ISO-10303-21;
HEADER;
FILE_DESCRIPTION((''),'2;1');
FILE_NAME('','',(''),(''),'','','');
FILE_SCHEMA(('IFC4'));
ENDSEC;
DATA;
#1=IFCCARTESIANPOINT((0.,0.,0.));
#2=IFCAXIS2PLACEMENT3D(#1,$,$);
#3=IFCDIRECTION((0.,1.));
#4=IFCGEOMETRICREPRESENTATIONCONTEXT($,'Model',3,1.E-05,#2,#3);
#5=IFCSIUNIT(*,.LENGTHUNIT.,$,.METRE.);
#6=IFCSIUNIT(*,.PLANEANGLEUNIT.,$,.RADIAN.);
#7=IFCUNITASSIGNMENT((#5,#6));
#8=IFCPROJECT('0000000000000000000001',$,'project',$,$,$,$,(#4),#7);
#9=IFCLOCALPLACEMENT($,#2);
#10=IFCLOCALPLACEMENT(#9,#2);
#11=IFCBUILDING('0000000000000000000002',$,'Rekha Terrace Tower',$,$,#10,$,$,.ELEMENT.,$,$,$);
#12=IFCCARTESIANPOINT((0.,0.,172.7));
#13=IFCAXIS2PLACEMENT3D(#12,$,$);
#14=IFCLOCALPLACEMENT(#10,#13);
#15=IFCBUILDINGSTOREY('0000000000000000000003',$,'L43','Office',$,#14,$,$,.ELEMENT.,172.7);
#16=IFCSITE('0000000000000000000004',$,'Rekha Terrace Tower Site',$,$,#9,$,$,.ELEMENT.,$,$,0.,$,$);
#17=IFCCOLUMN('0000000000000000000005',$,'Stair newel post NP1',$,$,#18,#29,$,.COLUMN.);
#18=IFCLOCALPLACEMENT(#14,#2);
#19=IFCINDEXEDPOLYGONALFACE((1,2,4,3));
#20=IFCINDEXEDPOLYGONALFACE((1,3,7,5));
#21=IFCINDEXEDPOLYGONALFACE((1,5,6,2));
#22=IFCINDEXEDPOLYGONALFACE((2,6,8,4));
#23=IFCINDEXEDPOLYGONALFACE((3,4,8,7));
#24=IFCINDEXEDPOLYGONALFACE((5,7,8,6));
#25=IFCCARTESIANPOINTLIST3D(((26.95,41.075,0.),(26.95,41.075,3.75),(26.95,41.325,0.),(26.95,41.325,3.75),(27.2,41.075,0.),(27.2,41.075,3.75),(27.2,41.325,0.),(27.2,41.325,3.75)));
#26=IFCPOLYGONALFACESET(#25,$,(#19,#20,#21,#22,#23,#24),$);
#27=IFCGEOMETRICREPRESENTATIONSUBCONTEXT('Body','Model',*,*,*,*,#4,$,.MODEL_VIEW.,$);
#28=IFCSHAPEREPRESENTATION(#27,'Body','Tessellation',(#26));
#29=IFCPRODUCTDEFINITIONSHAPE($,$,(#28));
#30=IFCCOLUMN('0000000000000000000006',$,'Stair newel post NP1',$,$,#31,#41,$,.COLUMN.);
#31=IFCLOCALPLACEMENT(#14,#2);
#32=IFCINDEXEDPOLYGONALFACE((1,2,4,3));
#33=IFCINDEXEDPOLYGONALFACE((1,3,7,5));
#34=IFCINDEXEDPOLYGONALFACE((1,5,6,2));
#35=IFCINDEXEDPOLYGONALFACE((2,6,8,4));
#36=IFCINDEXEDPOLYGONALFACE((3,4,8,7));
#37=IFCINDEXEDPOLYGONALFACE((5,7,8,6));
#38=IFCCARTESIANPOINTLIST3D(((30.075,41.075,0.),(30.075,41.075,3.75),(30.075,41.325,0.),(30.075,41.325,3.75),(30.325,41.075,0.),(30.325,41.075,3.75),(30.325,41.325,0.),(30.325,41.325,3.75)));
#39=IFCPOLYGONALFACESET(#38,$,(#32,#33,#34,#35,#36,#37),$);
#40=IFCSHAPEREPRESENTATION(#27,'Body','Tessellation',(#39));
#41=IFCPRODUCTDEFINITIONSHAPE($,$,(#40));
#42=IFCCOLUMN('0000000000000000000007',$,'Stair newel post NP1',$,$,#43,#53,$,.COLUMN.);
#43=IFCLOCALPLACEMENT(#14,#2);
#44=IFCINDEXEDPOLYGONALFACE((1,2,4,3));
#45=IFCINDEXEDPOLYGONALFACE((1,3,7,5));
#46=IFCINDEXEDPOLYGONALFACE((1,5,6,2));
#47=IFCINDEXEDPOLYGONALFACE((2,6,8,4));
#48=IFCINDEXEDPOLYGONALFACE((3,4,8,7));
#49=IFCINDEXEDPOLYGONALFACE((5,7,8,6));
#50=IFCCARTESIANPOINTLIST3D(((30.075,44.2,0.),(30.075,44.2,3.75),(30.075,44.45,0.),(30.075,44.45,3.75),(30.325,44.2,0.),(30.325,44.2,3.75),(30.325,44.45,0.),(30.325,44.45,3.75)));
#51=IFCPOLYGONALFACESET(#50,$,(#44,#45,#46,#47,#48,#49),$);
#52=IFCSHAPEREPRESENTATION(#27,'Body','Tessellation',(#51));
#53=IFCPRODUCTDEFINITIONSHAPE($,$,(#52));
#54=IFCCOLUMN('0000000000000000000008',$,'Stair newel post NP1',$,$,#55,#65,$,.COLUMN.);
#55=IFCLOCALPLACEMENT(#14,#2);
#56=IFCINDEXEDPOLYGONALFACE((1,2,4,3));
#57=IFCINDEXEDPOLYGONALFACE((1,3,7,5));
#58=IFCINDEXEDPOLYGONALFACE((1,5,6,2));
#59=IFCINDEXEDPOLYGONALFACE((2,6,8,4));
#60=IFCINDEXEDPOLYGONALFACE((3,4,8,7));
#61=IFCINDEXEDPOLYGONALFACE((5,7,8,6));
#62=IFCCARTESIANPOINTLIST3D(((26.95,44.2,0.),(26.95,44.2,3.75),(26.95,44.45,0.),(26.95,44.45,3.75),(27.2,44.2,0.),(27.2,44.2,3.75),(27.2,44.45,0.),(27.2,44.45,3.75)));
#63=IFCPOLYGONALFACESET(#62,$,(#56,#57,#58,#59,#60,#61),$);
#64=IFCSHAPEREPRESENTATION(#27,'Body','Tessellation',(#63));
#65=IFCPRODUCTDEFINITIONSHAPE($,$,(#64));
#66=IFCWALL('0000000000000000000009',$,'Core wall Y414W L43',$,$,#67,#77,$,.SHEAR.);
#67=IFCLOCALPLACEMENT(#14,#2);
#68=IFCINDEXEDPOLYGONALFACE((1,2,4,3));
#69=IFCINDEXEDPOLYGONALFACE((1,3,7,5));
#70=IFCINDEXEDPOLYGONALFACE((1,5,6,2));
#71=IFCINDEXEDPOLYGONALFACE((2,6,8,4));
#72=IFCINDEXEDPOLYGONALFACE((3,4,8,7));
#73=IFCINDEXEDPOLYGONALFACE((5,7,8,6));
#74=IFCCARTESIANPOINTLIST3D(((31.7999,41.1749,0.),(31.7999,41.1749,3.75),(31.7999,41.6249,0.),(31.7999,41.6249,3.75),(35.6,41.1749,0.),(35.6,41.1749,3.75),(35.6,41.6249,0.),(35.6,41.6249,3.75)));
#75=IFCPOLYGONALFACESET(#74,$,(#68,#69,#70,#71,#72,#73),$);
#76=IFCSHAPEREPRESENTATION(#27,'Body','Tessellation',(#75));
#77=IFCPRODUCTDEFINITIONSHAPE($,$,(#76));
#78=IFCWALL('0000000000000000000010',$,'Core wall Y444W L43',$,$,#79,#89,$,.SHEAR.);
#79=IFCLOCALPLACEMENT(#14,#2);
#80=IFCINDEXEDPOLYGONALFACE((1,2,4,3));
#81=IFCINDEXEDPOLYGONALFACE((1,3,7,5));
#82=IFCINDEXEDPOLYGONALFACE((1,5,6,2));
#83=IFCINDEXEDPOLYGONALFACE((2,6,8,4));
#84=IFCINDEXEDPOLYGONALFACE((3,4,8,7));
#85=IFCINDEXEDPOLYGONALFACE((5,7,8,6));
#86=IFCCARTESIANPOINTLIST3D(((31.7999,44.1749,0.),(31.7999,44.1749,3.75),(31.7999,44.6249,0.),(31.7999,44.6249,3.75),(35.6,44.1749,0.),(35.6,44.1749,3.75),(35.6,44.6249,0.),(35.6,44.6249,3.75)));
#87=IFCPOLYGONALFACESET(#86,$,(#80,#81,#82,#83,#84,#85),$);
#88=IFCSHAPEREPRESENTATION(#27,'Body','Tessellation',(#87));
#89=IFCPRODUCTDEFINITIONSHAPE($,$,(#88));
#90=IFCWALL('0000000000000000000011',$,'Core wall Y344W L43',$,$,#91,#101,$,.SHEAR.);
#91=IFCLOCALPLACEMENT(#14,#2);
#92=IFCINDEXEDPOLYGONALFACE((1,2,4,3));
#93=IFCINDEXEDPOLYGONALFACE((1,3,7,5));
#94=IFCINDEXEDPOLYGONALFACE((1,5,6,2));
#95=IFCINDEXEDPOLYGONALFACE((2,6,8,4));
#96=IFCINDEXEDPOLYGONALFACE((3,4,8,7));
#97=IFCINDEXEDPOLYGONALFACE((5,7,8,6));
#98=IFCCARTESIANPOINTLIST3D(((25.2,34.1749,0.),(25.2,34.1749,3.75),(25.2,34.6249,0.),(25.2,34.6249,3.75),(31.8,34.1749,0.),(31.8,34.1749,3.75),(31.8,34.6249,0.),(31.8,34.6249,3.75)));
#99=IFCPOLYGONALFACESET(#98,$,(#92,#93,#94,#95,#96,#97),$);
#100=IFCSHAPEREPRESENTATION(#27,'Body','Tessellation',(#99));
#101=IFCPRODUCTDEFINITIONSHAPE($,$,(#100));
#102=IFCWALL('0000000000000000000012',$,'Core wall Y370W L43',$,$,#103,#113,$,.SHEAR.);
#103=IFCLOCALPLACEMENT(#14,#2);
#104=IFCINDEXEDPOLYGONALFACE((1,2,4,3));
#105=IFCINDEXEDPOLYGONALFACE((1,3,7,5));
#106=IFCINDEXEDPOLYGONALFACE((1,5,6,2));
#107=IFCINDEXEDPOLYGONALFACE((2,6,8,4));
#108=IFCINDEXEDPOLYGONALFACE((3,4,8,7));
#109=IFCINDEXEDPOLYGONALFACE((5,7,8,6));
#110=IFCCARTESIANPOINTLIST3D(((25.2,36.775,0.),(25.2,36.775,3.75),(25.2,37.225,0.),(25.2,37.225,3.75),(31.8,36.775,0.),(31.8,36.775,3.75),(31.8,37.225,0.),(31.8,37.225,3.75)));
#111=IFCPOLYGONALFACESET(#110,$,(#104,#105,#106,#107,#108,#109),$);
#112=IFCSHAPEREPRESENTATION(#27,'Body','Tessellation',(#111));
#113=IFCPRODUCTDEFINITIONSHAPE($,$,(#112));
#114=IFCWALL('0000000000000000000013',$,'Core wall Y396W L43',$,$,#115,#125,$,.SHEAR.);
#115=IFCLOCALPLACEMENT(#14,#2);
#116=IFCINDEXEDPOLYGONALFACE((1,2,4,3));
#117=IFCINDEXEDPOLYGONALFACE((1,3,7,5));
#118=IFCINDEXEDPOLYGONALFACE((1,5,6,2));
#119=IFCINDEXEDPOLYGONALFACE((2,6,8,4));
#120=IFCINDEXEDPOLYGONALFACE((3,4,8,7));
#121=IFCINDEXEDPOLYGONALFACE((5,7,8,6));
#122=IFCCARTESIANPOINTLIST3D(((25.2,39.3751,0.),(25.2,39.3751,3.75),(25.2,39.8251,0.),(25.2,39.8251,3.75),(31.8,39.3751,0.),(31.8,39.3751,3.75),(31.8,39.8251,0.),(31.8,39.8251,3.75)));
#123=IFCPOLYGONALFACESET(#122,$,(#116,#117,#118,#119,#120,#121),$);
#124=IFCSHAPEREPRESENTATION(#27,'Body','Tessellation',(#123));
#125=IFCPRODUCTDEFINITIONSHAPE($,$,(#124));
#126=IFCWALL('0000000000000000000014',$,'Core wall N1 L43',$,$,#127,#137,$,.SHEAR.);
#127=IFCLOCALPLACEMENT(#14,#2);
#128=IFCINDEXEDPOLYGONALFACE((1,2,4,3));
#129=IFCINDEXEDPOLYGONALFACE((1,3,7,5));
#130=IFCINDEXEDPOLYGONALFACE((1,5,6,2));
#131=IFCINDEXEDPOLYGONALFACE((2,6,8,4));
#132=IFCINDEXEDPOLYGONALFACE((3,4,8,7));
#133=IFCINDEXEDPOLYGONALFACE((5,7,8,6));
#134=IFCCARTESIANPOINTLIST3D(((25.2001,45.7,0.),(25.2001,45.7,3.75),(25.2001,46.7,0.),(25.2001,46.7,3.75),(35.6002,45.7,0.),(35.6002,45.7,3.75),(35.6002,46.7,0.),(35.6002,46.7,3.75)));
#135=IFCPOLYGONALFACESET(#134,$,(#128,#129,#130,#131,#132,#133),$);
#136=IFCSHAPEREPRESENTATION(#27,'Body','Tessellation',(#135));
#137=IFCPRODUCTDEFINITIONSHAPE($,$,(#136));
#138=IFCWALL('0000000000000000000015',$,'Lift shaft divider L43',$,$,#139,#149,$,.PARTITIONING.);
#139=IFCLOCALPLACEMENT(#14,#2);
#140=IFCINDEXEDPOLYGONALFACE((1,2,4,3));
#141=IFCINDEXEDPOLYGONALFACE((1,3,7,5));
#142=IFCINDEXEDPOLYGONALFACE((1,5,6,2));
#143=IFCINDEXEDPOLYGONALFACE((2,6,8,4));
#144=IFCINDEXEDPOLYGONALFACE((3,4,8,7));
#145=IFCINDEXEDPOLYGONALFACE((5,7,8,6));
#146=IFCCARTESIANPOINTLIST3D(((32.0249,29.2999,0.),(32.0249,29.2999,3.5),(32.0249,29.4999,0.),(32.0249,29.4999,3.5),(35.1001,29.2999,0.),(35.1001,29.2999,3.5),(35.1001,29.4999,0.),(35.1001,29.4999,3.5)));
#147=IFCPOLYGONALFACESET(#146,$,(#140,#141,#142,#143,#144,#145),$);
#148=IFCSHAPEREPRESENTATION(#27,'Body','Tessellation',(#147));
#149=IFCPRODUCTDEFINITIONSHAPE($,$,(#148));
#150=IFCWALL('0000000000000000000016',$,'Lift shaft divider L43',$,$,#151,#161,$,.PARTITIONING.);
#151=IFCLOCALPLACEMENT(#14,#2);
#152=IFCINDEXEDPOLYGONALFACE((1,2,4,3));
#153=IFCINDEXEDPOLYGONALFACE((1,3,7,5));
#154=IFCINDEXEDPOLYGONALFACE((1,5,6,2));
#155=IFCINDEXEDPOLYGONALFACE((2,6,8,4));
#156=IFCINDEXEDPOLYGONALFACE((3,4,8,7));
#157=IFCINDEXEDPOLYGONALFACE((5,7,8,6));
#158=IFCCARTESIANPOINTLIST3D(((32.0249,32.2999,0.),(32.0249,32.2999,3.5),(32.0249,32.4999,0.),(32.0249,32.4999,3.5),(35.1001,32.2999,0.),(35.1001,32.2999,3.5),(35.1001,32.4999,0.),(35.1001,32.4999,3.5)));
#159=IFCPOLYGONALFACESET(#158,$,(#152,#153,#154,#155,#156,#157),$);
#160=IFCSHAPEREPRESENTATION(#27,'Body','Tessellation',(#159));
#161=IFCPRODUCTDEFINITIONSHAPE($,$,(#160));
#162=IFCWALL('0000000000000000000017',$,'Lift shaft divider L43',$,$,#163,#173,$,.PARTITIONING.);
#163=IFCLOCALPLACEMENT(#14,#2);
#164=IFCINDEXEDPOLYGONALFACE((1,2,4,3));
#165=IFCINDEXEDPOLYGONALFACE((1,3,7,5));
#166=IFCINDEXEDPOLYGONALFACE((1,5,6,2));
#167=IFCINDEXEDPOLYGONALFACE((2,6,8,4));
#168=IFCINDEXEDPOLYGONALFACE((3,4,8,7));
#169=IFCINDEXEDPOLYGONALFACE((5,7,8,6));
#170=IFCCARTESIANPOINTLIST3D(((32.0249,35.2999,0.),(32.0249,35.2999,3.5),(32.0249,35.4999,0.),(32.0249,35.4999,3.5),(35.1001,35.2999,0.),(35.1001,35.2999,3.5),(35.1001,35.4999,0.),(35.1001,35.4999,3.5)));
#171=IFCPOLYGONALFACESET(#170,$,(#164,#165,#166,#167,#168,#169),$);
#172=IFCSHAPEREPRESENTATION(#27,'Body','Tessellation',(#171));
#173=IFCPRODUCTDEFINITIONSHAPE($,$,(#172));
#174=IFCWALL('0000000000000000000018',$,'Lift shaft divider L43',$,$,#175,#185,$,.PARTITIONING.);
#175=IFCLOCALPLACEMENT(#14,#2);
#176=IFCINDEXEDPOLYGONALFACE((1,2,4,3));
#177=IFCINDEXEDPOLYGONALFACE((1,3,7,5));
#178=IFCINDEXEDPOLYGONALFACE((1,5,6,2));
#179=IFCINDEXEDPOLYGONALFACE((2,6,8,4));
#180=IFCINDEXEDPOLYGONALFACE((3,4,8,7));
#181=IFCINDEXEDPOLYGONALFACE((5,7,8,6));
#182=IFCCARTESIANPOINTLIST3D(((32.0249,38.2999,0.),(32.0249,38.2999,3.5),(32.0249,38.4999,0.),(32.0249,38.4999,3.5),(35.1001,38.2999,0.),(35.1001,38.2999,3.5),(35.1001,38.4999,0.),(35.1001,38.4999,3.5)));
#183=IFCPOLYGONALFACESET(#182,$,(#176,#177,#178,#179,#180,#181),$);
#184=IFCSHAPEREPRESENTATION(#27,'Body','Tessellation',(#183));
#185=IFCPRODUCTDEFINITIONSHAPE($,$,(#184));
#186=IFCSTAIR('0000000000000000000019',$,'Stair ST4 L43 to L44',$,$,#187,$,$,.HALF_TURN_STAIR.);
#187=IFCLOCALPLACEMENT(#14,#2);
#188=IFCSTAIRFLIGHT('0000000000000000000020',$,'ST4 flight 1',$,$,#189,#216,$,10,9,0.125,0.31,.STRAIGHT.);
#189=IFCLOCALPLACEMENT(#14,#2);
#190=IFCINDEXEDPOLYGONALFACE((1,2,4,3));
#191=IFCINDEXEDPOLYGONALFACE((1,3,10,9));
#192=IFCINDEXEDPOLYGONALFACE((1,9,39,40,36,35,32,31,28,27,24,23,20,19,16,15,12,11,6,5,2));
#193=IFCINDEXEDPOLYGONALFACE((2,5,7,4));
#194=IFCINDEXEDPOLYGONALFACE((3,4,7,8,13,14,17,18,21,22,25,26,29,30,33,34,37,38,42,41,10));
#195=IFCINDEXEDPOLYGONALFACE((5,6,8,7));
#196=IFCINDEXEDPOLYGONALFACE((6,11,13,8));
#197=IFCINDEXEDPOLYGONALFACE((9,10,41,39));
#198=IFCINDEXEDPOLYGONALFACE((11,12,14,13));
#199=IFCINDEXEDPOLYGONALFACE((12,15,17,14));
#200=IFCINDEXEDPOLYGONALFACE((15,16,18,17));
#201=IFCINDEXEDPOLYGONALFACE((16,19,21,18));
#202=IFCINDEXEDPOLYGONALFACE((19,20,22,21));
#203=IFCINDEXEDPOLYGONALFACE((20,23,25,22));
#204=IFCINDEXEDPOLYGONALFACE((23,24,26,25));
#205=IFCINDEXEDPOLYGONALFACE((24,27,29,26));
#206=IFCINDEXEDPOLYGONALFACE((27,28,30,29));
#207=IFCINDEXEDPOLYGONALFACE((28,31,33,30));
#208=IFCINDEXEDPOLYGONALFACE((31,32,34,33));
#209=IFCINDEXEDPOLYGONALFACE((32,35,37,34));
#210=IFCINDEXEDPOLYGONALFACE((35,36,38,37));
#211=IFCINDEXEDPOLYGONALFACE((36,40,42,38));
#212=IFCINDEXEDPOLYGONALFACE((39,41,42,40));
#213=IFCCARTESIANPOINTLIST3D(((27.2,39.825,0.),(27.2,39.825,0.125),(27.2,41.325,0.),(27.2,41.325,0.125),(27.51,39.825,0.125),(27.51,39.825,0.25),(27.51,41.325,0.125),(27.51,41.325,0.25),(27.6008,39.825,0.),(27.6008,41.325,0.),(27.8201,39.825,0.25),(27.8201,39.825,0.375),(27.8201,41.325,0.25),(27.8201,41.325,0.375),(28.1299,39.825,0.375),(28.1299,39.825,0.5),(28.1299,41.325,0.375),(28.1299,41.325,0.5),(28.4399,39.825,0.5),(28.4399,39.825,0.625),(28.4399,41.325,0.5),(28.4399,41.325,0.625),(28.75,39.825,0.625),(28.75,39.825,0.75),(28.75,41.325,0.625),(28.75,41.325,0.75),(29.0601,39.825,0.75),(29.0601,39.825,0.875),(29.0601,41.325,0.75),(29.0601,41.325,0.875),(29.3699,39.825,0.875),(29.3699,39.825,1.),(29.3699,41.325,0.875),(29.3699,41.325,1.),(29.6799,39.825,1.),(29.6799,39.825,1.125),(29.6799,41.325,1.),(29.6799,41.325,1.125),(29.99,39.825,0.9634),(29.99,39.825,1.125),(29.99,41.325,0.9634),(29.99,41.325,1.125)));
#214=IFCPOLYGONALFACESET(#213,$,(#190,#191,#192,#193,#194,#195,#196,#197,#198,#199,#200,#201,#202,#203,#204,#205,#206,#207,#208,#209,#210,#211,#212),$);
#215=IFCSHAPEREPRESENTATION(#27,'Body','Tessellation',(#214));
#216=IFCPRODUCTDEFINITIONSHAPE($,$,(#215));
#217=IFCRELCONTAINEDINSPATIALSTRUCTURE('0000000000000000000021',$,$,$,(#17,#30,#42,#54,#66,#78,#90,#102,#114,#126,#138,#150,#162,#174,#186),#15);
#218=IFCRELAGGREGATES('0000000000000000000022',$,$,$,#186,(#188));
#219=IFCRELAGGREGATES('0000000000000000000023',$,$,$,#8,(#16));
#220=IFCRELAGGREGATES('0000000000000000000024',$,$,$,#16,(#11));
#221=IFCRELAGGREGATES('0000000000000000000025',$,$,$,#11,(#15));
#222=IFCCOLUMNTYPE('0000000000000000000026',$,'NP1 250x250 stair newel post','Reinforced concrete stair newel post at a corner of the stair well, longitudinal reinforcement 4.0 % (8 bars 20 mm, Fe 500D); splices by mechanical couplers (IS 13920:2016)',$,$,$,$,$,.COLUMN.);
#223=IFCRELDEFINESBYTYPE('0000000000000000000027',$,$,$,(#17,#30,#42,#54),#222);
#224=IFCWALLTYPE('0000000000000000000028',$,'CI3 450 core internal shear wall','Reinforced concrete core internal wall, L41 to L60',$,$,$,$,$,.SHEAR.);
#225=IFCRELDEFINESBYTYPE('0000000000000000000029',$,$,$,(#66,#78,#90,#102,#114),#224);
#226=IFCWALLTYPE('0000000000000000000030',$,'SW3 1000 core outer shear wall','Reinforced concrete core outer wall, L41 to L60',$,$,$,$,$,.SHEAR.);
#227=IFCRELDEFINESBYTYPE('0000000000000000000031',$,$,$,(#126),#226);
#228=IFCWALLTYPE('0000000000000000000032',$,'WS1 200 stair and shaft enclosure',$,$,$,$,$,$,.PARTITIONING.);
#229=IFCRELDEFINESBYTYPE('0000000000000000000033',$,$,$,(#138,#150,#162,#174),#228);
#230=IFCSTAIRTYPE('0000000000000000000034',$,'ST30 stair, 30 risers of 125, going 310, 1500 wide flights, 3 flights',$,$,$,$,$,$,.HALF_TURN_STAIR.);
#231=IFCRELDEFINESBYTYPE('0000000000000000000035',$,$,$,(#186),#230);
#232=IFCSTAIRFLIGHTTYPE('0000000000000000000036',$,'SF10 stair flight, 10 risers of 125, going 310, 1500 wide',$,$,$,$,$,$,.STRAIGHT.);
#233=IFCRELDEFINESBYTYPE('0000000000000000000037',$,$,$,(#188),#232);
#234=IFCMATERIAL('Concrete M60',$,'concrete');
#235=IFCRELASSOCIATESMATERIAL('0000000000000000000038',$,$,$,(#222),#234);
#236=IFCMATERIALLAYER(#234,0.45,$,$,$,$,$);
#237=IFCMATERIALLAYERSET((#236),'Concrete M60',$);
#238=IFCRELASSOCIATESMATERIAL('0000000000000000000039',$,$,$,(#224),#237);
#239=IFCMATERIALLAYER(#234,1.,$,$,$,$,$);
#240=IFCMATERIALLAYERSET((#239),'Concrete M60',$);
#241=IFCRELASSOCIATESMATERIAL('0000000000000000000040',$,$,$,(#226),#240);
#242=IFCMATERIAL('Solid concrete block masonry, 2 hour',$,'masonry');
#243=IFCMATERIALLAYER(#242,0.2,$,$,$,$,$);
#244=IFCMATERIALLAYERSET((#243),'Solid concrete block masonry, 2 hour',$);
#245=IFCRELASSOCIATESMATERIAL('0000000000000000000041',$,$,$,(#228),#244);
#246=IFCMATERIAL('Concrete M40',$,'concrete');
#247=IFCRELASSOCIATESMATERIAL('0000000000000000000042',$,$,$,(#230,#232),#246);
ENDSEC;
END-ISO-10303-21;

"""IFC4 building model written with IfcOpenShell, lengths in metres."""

from ifc_helpers import new_model, si_unit, direction, frame, frame_2d, origin, origin_2d, place, context, subcontext, project, spatial, polyline, rectangle, outline, extrude, material, layer, layer_set, material_profile, profile_set, type_object, element, aggregate, save


model = new_model("IFC4")

# Units and contexts
model_context = context("Model", 3, precision=1e-05, world=origin(), true_north=direction((0.0, 1.0)))
body_context = subcontext(model_context, "Body", "Model", "MODEL_VIEW")
ifc_project = project(units=[si_unit("LENGTHUNIT", "METRE"), si_unit("PLANEANGLEUNIT", "RADIAN")], contexts=[model_context])

# Site, building, storey
site_placement = place(None, origin())
site = spatial("IfcSite", under=ifc_project, at=site_placement, Name="Rekha Terrace Tower Site", CompositionType="ELEMENT", RefElevation=0.0)
building_placement = place(site_placement, origin())
building = spatial("IfcBuilding", under=site, at=building_placement, Name="Rekha Terrace Tower", CompositionType="ELEMENT")
storey_placement = place(building_placement, frame((0.0, 0.0, 172.7)))
storey = spatial("IfcBuildingStorey", under=building, at=storey_placement, Name="L43", Description="Office", CompositionType="ELEMENT", Elevation=172.7)

# Columns
ifc_material_1 = material(Name="Concrete M60", Category="concrete")
ifc_material_profile = material_profile(ifc_material_1, rectangle(XDim=0.25, YDim=0.25, at=origin_2d()), Name="RC 250x250")
ifc_profile_set = profile_set([ifc_material_profile], Name="Concrete M60")
column_type = type_object("IfcColumnType", Name="NP1 250x250 stair newel post", Description="Reinforced concrete stair newel post at a corner of the stair well, longitudinal reinforcement 4.0 % (8 bars 20 mm, Fe 500D); splices by mechanical couplers (IS 13920:2016)", PredefinedType="COLUMN", material=ifc_profile_set)
for number, where, z_axis, x_axis, name in (
    (1, (27.075, 41.2, 0.0), (0.0, 0.0, 1.0), (1.0, 0.0, 0.0), "Stair newel post NP1"),
    (2, (30.2, 41.2, 0.0), (0.0, 0.0, 1.0), (1.0, 0.0, 0.0), "Stair newel post NP1"),
    (3, (30.2, 44.325, 0.0), (0.0, 0.0, 1.0), (1.0, 0.0, 0.0), "Stair newel post NP1"),
    (4, (27.075, 44.325, 0.0), (0.0, 0.0, 1.0), (1.0, 0.0, 0.0), "Stair newel post NP1"),
):
    element("IfcColumn", number, at=place(storey_placement, frame(where, z_axis=z_axis, x_axis=x_axis)), inside=storey, type_object=column_type, Name=name, PredefinedType="COLUMN", context=body_context, shape_type="SweptSolid", body=[
        extrude(rectangle(XDim=0.25, YDim=0.25, at=origin_2d()), origin(), (0.0, 0.0, 1.0), 3.75),
    ])

# Walls
ifc_layer_1 = layer(ifc_material_1, 0.45)
ifc_layer_set_1 = layer_set([ifc_layer_1], Name="Concrete M60")
wall_type_1 = type_object("IfcWallType", Name="CI3 450 core internal shear wall", Description="Reinforced concrete core internal wall, L41 to L60", PredefinedType="SHEAR", material=ifc_layer_set_1)
for number, where, z_axis, x_axis, name in (
    (5, (31.8, 41.3999, 0.0), (0.0, 0.0, 1.0), (1.0, 0.0, 0.0), "Core wall Y414W L43"),
    (6, (31.8, 44.3999, 0.0), (0.0, 0.0, 1.0), (1.0, 0.0, 0.0), "Core wall Y444W L43"),
):
    element("IfcWall", number, at=place(storey_placement, frame(where, z_axis=z_axis, x_axis=x_axis)), inside=storey, type_object=wall_type_1, Name=name, PredefinedType="SHEAR", context=body_context, shape_type="SweptSolid", body=[
        extrude(rectangle(XDim=3.8, YDim=0.45, at=frame_2d((1.8999, 0.0))), origin(), (0.0, 0.0, 1.0), 3.75),
    ])
for number, where, z_axis, x_axis, name in (
    (7, (25.2, 34.3999, 0.0), (0.0, 0.0, 1.0), (1.0, 0.0, 0.0), "Core wall Y344W L43"),
    (8, (25.2, 37.0, 0.0), (0.0, 0.0, 1.0), (1.0, 0.0, 0.0), "Core wall Y370W L43"),
    (9, (25.2, 39.6001, 0.0), (0.0, 0.0, 1.0), (1.0, 0.0, 0.0), "Core wall Y396W L43"),
):
    element("IfcWall", number, at=place(storey_placement, frame(where, z_axis=z_axis, x_axis=x_axis)), inside=storey, type_object=wall_type_1, Name=name, PredefinedType="SHEAR", context=body_context, shape_type="SweptSolid", body=[
        extrude(rectangle(XDim=6.6001, YDim=0.45, at=frame_2d((3.3, 0.0))), origin(), (0.0, 0.0, 1.0), 3.75),
    ])
ifc_layer_2 = layer(ifc_material_1, 1.0)
ifc_layer_set_2 = layer_set([ifc_layer_2], Name="Concrete M60")
wall_type_2 = type_object("IfcWallType", Name="SW3 1000 core outer shear wall", Description="Reinforced concrete core outer wall, L41 to L60", PredefinedType="SHEAR", material=ifc_layer_set_2)
wall_placement = place(storey_placement, frame((25.2, 46.2, 0.0), z_axis=(0.0, 0.0, 1.0), x_axis=(1.0, 0.0, 0.0)))
element("IfcWall", 10, at=wall_placement, inside=storey, type_object=wall_type_2, Name="Core wall N1 L43", PredefinedType="SHEAR", context=body_context, shape_type="SweptSolid", body=[
    extrude(rectangle(XDim=10.4001, YDim=1.0, at=frame_2d((5.2002, 0.0))), origin(), (0.0, 0.0, 1.0), 3.75),
])
ifc_material_2 = material(Name="Solid concrete block masonry, 2 hour", Category="masonry")
ifc_layer_3 = layer(ifc_material_2, 0.2)
ifc_layer_set_3 = layer_set([ifc_layer_3], Name="Solid concrete block masonry, 2 hour")
wall_type_3 = type_object("IfcWallType", Name="WS1 200 stair and shaft enclosure", PredefinedType="PARTITIONING", material=ifc_layer_set_3)
for number, where, z_axis, x_axis, name in (
    (11, (32.0249, 29.3999, 0.0), (0.0, 0.0, 1.0), (1.0, 0.0, 0.0), "Lift shaft divider L43"),
    (12, (32.0249, 32.3999, 0.0), (0.0, 0.0, 1.0), (1.0, 0.0, 0.0), "Lift shaft divider L43"),
    (13, (32.0249, 35.3999, 0.0), (0.0, 0.0, 1.0), (1.0, 0.0, 0.0), "Lift shaft divider L43"),
    (14, (32.0249, 38.3999, 0.0), (0.0, 0.0, 1.0), (1.0, 0.0, 0.0), "Lift shaft divider L43"),
):
    element("IfcWall", number, at=place(storey_placement, frame(where, z_axis=z_axis, x_axis=x_axis)), inside=storey, type_object=wall_type_3, Name=name, PredefinedType="PARTITIONING", context=body_context, shape_type="SweptSolid", body=[
        extrude(rectangle(XDim=3.0752, YDim=0.2, at=frame_2d((1.5376, 0.0))), origin(), (0.0, 0.0, 1.0), 3.5),
    ])

# Stair, stair flight
ifc_material_3 = material(Name="Concrete M40", Category="concrete")
stair_type = type_object("IfcStairType", Name="ST30 stair, 30 risers of 125, going 310, 1500 wide flights, 3 flights", PredefinedType="HALF_TURN_STAIR", material=ifc_material_3)
stair_placement = place(storey_placement, origin())
stair = element("IfcStair", 15, at=stair_placement, inside=storey, type_object=stair_type, Name="Stair ST4 L43 to L44", PredefinedType="HALF_TURN_STAIR")
stair_flight_type = type_object("IfcStairFlightType", Name="SF10 stair flight, 10 risers of 125, going 310, 1500 wide", PredefinedType="STRAIGHT", material=ifc_material_3)
stair_flight_1_placement = place(storey_placement, frame((27.2, 40.575, 0.0), z_axis=(0.0, 0.0, 1.0), x_axis=(1.0, 0.0, 0.0)))
stair_flight_1 = element("IfcStairFlight", 16, at=stair_flight_1_placement, type_object=stair_flight_type, Name="ST4 flight 1", NumberOfRisers=10, NumberOfTreads=9, PredefinedType="STRAIGHT", RiserHeight=0.125, TreadLength=0.31, context=body_context, shape_type="SweptSolid", body=[
    extrude(outline(polyline([(0.0, 0.0), (0.0, 0.125), (0.3101, 0.125), (0.3101, 0.25), (0.6201, 0.25), (0.6201, 0.375), (0.9299, 0.375), (0.9299, 0.5), (1.24, 0.5), (1.24, 0.625), (1.55, 0.625), (1.55, 0.75), (1.8601, 0.75), (1.8601, 0.875), (2.1699, 0.875), (2.1699, 1.0), (2.48, 1.0), (2.48, 1.125), (2.79, 1.125), (2.79, 1.25), (2.79, 0.9634), (0.4009, 0.0), (0.0, 0.0)])), frame((0.0, 0.75, 0.0), z_axis=(0.0, -1.0, 0.0), x_axis=(1.0, 0.0, 0.0)), (0.0, 0.0, 1.0), 1.5),
])
aggregate(stair, [stair_flight_1])

save(model, "model.ifc")
